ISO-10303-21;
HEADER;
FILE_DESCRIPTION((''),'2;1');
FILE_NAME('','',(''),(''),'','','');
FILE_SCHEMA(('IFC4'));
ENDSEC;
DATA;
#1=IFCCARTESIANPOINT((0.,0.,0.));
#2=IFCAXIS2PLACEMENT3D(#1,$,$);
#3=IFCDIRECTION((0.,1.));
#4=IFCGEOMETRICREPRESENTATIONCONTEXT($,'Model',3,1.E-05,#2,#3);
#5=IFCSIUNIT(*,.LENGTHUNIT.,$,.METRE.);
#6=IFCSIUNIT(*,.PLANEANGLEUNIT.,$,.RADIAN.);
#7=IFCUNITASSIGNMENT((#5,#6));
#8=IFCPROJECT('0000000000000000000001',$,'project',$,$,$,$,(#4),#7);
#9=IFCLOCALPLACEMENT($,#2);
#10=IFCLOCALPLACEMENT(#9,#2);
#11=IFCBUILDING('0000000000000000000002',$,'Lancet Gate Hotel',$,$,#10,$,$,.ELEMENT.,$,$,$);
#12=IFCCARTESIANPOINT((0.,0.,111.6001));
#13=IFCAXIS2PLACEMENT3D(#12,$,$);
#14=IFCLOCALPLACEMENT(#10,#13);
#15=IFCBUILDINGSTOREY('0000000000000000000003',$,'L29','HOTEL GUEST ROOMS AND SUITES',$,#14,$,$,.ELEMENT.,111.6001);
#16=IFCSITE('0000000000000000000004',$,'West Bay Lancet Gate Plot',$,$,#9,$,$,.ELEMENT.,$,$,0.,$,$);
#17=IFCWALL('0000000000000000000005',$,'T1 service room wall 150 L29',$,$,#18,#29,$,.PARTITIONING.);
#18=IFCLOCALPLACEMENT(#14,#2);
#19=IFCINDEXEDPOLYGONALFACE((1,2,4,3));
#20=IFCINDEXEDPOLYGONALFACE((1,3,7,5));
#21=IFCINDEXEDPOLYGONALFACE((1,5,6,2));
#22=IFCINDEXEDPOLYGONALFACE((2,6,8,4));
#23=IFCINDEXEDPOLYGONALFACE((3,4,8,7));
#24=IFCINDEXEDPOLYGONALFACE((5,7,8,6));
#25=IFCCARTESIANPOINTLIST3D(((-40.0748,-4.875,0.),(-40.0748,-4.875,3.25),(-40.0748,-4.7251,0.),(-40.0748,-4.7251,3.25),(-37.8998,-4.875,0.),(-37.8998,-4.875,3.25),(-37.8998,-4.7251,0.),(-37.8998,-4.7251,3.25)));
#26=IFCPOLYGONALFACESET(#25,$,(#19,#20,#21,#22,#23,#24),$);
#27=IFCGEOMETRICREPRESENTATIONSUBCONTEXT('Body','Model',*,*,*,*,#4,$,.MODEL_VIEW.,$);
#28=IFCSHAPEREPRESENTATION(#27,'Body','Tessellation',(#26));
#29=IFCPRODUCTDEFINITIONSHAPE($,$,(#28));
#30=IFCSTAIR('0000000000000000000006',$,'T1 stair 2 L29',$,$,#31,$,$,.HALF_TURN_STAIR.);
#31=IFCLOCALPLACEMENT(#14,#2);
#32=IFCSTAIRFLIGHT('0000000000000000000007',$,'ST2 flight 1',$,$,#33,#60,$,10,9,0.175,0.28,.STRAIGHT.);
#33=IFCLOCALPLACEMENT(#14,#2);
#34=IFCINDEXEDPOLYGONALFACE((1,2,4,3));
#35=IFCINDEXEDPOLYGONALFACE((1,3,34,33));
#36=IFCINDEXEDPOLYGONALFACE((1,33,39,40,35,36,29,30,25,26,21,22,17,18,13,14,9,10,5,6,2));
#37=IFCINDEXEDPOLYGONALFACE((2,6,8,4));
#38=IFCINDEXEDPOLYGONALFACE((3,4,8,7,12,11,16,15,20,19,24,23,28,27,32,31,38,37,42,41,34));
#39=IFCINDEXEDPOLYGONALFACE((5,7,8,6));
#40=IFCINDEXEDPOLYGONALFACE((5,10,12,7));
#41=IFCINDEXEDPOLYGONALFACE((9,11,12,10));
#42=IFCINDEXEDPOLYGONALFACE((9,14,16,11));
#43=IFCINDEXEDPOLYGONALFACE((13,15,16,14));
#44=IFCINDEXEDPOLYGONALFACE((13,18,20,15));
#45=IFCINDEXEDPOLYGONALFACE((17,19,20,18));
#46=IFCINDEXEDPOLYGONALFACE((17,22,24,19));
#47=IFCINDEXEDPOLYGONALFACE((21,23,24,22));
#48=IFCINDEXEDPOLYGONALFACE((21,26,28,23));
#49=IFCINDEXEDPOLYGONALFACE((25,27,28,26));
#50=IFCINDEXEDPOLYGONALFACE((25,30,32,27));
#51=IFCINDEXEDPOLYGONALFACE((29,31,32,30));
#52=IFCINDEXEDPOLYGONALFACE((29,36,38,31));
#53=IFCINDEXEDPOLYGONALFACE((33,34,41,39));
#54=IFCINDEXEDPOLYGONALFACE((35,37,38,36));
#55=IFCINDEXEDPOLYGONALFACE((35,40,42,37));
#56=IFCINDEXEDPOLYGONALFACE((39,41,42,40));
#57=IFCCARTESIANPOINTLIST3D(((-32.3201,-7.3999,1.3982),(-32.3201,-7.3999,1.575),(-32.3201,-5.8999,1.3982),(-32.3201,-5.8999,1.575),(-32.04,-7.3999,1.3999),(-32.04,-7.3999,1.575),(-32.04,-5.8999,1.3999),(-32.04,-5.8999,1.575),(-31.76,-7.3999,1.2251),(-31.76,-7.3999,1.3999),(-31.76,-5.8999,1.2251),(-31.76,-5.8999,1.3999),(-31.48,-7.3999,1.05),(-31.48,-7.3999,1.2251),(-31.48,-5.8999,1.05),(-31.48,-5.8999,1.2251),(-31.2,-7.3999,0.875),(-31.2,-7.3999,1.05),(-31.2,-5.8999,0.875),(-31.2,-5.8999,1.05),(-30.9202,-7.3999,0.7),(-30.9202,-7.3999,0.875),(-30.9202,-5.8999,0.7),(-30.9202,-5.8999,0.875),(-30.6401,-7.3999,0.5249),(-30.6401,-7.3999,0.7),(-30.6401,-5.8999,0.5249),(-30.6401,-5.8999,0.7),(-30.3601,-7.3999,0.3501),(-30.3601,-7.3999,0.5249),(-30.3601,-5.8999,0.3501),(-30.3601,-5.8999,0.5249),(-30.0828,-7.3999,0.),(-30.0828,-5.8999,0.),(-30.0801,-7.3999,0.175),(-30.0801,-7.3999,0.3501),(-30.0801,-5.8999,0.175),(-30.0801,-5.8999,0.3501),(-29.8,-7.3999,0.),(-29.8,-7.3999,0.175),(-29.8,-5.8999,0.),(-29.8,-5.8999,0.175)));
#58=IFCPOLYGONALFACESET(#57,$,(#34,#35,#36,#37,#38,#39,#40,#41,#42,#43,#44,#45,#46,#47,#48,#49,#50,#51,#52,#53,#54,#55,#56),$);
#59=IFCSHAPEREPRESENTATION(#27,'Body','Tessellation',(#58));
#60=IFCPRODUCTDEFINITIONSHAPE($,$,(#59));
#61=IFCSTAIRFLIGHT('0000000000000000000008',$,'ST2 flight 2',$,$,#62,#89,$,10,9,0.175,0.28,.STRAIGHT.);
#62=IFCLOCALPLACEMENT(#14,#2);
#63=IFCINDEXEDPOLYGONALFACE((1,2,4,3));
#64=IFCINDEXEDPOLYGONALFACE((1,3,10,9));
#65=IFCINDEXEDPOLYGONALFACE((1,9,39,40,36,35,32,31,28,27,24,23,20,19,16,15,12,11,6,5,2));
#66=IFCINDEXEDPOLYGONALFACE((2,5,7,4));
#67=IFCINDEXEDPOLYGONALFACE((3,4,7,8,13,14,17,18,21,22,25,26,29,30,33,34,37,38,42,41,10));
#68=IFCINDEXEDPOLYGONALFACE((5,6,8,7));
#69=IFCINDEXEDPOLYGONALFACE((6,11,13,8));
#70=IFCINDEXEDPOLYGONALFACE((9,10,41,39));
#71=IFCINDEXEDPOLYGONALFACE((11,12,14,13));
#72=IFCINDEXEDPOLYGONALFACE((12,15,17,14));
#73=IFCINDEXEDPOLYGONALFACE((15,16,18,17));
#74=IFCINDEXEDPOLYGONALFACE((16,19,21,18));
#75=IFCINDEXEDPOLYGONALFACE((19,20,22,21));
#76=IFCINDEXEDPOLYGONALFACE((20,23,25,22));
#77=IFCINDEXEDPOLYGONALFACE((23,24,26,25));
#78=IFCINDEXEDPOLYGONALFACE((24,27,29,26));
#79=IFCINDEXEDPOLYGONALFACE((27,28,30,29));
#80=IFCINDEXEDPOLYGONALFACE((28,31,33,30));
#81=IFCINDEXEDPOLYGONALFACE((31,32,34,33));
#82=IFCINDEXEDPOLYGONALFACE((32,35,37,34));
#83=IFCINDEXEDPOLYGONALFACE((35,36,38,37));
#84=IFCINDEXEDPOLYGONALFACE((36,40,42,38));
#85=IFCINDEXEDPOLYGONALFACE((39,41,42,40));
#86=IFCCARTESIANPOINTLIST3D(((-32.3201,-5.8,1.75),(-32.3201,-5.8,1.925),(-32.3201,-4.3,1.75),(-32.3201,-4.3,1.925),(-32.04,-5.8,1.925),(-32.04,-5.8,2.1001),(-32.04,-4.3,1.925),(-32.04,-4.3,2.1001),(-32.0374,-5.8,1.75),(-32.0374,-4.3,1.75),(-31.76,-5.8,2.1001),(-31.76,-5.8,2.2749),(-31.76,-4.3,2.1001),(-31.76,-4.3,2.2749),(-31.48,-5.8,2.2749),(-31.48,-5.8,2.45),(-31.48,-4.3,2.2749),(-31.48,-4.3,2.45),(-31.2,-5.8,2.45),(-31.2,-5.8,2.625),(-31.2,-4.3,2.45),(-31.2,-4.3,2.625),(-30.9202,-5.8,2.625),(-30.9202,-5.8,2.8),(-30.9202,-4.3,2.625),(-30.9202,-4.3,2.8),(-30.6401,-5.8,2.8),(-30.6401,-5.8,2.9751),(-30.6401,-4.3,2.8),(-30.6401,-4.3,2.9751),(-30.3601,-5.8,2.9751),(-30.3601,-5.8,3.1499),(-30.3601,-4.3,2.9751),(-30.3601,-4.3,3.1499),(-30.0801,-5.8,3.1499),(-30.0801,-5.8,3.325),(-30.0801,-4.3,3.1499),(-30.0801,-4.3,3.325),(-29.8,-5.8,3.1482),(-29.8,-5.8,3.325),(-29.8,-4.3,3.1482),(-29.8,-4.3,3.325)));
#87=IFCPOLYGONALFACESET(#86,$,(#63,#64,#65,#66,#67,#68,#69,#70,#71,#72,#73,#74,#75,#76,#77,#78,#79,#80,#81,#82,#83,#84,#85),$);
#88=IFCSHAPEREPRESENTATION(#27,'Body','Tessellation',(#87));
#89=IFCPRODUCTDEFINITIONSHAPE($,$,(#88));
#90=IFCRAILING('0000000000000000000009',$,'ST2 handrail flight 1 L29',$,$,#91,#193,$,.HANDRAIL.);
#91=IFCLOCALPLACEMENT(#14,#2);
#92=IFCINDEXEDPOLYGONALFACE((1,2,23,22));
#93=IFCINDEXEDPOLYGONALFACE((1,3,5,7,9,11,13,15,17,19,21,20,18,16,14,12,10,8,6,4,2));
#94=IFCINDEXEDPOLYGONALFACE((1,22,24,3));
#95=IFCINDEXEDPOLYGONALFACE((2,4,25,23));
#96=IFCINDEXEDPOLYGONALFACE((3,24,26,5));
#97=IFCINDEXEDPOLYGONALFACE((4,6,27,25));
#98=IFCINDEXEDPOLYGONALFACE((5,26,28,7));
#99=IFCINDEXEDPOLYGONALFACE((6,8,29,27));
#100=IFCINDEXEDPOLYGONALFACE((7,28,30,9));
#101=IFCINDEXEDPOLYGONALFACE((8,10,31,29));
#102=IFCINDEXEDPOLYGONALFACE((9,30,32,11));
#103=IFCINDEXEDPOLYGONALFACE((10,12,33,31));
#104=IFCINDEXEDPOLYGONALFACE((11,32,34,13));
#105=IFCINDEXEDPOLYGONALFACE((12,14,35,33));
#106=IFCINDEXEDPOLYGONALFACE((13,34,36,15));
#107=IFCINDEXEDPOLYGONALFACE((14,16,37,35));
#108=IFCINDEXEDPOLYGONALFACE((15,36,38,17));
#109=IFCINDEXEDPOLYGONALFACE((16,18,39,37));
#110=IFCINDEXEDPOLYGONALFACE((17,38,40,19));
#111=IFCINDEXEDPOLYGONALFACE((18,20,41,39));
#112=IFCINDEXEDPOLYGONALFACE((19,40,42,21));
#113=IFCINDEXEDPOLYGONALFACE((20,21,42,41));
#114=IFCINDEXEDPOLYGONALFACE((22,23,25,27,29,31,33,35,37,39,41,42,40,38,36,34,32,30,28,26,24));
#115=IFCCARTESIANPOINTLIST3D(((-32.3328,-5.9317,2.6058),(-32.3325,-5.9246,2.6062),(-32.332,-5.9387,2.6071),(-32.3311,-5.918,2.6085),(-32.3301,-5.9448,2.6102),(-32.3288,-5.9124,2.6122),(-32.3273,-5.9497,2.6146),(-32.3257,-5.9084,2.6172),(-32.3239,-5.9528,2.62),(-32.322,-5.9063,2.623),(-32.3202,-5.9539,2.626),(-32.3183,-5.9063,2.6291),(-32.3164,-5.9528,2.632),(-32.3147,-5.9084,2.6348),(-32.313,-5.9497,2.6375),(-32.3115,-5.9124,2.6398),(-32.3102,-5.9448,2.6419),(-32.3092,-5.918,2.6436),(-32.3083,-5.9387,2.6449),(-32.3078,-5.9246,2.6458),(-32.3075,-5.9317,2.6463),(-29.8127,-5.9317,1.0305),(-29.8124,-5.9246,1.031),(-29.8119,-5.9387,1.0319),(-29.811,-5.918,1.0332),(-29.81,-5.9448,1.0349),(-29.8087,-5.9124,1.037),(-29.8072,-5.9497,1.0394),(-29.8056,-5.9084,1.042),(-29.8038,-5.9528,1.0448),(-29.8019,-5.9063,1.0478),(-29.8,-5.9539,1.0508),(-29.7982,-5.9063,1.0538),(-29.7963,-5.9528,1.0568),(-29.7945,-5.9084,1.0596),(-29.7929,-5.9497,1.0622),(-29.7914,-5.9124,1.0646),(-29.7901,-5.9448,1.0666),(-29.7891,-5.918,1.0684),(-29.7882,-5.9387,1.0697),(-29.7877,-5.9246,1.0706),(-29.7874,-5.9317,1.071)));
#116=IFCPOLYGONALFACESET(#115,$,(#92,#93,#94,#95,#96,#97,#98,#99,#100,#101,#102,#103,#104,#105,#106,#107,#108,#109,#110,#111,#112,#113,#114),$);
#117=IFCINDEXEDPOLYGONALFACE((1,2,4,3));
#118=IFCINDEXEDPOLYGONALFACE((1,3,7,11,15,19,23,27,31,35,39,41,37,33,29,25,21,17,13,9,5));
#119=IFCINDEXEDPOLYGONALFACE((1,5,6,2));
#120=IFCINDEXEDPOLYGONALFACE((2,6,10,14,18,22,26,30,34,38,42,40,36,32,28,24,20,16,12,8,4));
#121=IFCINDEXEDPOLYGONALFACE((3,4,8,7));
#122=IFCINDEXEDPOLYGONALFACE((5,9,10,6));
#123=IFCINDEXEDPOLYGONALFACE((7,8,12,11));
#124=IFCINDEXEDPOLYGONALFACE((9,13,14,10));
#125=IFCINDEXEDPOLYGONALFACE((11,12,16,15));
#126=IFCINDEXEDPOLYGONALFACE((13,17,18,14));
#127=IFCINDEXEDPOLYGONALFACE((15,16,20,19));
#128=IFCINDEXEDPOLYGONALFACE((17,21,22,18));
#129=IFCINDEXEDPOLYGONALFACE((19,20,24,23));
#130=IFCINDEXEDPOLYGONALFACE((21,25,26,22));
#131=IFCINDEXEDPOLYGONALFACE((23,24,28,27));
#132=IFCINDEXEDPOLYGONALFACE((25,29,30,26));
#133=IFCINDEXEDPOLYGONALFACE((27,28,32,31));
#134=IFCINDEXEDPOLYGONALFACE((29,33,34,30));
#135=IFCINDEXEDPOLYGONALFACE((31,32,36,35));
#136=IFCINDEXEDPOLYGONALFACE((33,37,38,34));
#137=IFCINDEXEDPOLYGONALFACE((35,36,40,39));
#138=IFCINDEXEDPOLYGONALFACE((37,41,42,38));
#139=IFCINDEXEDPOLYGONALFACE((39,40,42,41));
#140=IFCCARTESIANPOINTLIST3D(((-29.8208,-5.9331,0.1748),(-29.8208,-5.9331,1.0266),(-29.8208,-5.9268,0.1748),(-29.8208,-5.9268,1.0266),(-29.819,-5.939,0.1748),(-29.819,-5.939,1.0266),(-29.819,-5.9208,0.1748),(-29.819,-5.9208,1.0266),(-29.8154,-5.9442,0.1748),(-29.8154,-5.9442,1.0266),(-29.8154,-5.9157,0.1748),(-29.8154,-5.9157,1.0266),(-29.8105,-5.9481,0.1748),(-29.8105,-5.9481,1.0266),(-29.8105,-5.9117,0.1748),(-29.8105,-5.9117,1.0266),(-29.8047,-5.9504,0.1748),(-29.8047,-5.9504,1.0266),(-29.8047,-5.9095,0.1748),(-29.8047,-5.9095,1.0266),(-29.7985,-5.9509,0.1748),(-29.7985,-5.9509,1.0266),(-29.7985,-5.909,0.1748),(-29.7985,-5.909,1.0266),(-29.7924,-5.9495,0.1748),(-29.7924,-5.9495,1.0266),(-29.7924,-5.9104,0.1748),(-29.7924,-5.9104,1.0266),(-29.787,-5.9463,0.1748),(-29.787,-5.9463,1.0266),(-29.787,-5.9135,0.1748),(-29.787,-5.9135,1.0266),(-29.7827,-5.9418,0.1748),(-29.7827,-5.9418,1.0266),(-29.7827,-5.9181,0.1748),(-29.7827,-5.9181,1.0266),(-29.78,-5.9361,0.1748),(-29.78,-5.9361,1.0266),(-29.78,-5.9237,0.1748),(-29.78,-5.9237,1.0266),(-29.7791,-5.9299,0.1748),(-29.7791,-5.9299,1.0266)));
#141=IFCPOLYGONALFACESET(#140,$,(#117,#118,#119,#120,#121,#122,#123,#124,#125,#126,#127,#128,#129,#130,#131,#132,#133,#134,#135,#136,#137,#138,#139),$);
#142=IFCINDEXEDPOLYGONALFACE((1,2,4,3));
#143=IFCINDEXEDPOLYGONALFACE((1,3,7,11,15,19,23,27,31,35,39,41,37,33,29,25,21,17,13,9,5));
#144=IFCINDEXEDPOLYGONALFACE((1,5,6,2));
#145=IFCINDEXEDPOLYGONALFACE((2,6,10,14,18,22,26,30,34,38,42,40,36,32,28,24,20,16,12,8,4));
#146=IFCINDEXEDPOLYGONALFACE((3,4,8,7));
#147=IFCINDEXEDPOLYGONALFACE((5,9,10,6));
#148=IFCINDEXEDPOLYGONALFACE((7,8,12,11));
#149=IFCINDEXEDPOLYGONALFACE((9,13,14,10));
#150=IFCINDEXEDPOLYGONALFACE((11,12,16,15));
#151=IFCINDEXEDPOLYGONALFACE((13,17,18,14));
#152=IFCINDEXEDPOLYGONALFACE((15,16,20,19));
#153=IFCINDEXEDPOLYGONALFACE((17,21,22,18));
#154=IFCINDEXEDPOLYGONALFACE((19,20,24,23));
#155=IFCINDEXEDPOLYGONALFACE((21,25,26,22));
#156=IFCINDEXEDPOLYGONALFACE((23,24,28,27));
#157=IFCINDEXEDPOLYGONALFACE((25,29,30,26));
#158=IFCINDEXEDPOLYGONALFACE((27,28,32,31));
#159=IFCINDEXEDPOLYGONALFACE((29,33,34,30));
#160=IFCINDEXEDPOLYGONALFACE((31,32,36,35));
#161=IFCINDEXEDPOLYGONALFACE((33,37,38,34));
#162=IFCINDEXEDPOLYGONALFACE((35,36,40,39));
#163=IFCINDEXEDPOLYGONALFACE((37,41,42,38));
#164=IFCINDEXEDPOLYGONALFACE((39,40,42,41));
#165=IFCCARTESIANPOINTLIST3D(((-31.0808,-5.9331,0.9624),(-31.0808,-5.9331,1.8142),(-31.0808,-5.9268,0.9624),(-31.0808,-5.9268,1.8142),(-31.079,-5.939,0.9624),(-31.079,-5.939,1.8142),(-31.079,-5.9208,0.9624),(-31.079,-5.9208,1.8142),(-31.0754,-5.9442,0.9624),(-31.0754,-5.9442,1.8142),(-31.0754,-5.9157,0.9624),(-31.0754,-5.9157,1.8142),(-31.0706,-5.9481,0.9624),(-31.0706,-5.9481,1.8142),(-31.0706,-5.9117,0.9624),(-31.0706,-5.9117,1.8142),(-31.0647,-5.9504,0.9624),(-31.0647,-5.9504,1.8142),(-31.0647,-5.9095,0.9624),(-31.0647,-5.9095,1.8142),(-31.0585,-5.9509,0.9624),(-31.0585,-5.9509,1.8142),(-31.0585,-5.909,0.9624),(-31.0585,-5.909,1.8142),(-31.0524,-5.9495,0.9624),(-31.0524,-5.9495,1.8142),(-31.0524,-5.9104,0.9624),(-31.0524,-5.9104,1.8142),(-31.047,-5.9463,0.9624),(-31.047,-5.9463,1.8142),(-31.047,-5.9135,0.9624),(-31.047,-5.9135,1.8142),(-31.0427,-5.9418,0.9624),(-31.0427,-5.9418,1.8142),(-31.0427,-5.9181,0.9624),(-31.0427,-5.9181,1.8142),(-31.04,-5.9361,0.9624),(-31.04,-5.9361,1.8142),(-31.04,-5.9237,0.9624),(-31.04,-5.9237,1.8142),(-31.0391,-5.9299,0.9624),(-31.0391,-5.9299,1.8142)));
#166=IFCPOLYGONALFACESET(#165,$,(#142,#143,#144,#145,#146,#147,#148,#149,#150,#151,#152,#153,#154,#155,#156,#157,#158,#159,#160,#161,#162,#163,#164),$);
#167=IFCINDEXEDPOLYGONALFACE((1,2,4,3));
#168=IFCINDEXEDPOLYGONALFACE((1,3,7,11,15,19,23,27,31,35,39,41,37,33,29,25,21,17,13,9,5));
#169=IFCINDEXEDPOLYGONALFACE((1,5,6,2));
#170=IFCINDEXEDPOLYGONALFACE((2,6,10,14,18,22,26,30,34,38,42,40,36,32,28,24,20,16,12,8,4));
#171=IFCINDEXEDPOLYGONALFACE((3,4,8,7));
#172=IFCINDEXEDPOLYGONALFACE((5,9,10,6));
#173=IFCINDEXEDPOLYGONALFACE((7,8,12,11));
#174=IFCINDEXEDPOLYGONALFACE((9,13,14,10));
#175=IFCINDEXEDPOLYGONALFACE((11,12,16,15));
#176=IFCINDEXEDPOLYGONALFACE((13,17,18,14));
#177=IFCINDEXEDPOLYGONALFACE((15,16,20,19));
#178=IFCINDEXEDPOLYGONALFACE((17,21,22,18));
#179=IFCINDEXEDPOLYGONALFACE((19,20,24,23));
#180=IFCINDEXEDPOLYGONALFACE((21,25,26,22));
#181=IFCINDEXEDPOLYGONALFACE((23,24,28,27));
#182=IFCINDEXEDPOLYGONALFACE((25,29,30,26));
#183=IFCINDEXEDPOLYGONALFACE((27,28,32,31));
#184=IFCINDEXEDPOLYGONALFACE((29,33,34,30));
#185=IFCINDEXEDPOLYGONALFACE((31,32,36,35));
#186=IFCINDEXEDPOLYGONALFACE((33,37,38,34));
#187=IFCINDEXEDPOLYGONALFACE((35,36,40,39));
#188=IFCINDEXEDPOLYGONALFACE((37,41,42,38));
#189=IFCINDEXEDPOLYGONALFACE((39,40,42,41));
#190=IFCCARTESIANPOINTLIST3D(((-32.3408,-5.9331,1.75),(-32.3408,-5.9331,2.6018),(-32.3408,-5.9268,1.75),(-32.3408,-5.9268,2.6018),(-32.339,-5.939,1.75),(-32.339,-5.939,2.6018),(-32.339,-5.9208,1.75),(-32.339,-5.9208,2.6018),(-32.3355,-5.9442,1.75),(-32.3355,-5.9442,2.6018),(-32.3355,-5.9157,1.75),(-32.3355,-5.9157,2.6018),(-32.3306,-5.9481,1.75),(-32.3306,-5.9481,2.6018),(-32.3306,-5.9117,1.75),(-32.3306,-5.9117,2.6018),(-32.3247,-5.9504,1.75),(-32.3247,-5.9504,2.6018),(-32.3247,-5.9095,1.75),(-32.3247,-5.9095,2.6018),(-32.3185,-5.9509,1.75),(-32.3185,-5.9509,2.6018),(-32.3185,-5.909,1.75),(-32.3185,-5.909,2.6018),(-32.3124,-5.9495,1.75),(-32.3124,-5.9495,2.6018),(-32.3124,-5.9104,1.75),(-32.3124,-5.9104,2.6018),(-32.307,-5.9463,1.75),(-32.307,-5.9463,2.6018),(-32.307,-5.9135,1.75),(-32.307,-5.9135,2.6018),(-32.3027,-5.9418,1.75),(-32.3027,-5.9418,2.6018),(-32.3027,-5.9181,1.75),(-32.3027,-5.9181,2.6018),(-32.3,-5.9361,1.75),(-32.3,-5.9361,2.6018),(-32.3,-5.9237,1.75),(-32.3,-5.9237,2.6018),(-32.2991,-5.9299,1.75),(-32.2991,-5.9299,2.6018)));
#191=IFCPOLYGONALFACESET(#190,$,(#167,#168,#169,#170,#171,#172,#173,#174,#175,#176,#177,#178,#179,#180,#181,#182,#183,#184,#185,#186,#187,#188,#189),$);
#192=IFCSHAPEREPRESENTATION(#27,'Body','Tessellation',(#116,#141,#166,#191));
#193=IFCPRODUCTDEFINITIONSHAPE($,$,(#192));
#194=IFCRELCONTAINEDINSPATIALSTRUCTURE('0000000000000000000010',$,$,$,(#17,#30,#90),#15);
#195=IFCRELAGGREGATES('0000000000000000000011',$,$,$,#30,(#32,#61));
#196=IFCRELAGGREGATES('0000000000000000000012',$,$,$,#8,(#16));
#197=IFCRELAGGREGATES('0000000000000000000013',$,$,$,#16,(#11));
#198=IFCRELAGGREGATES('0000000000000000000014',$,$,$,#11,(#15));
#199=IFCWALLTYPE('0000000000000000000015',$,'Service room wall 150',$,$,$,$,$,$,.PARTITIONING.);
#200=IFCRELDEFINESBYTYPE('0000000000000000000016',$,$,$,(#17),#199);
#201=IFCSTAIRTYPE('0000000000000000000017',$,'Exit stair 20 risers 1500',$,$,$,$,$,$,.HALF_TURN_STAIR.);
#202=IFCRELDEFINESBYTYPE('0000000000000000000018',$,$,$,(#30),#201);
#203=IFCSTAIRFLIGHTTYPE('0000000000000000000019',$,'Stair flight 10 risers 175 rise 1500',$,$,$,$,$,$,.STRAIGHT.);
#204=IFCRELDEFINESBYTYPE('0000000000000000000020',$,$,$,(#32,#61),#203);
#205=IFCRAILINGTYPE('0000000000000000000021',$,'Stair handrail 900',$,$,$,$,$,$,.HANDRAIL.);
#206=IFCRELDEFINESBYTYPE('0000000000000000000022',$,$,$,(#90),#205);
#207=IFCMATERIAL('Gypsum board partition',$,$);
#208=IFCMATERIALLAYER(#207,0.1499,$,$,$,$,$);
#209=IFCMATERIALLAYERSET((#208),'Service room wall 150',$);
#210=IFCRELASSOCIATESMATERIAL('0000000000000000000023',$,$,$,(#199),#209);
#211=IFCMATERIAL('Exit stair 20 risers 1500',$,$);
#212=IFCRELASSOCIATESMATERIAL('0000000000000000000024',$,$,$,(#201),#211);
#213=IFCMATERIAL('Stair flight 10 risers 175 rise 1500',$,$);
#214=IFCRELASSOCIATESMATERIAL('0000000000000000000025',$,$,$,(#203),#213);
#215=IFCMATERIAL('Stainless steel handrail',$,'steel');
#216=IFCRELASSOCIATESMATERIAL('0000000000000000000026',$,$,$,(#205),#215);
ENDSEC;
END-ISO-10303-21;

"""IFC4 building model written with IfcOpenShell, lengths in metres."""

from ifc_helpers import new_model, si_unit, direction, frame, frame_2d, origin, origin_2d, place, context, subcontext, project, spatial, polyline, rectangle, circle, outline, extrude, material, layer, layer_set, type_object, element, aggregate, save


model = new_model("IFC4")

# Units and contexts
model_context = context("Model", 3, precision=1e-05, world=origin(), true_north=direction((0.0, 1.0)))
body_context = subcontext(model_context, "Body", "Model", "MODEL_VIEW")
ifc_project = project(units=[si_unit("LENGTHUNIT", "METRE"), si_unit("PLANEANGLEUNIT", "RADIAN")], contexts=[model_context])

# Site, building, storey
site_placement = place(None, origin())
site = spatial("IfcSite", under=ifc_project, at=site_placement, Name="West Bay Lancet Gate Plot", CompositionType="ELEMENT", RefElevation=0.0)
building_placement = place(site_placement, origin())
building = spatial("IfcBuilding", under=site, at=building_placement, Name="Lancet Gate Hotel", CompositionType="ELEMENT")
storey_placement = place(building_placement, frame((0.0, 0.0, 111.6001)))
storey = spatial("IfcBuildingStorey", under=building, at=storey_placement, Name="L29", Description="HOTEL GUEST ROOMS AND SUITES", CompositionType="ELEMENT", Elevation=111.6001)

# Wall
ifc_material_1 = material(Name="Gypsum board partition")
ifc_layer_1 = layer(ifc_material_1, 0.1499)
ifc_layer_set_1 = layer_set([ifc_layer_1], Name="Service room wall 150")
wall_type_1 = type_object("IfcWallType", Name="Service room wall 150", PredefinedType="PARTITIONING", material=ifc_layer_set_1)
for number, where, z_axis, x_axis, name in (
    (1, (-37.8999, -4.8, 0.0), (0.0, 0.0, 1.0), (-1.0, 0.0, 0.0), "T1 service room wall 150 L29"),
):
    element("IfcWall", number, at=place(storey_placement, frame(where, z_axis=z_axis, x_axis=x_axis)), inside=storey, type_object=wall_type_1, Name=name, PredefinedType="PARTITIONING", context=body_context, shape_type="SweptSolid", body=[
        extrude(rectangle(XDim=2.175, YDim=0.1499, at=frame_2d((1.0874, 0.0))), origin(), (0.0, 0.0, 1.0), 3.25),
    ])

# Stair, stair flights
ifc_material_2 = material(Name="Exit stair 20 risers 1500")
stair_type = type_object("IfcStairType", Name="Exit stair 20 risers 1500", PredefinedType="HALF_TURN_STAIR", material=ifc_material_2)
stair_placement = place(storey_placement, origin())
stair = element("IfcStair", 2, at=stair_placement, inside=storey, type_object=stair_type, Name="T1 stair 2 L29", PredefinedType="HALF_TURN_STAIR")
ifc_material_3 = material(Name="Stair flight 10 risers 175 rise 1500")
stair_flight_type = type_object("IfcStairFlightType", Name="Stair flight 10 risers 175 rise 1500", PredefinedType="STRAIGHT", material=ifc_material_3)
stair_flight_1_placement = place(storey_placement, frame((-29.8, -6.6499, 0.0), z_axis=(0.0, 0.0, 1.0), x_axis=(-1.0, 0.0, 0.0)))
stair_flight_1 = element("IfcStairFlight", 3, at=stair_flight_1_placement, type_object=stair_flight_type, Name="ST2 flight 1", NumberOfRisers=10, NumberOfTreads=9, PredefinedType="STRAIGHT", RiserHeight=0.175, TreadLength=0.28, context=body_context, shape_type="SweptSolid", body=[
    extrude(outline(polyline([(0.0, 0.0), (0.0, 0.175), (0.28, 0.175), (0.28, 0.3501), (0.5601, 0.3501), (0.5601, 0.5249), (0.8401, 0.5249), (0.8401, 0.7), (1.1201, 0.7), (1.1201, 0.875), (1.3999, 0.875), (1.3999, 1.05), (1.6799, 1.05), (1.6799, 1.2251), (1.96, 1.2251), (1.96, 1.3999), (2.24, 1.3999), (2.24, 1.575), (2.52, 1.575), (2.52, 1.75), (2.52, 1.3982), (0.2827, 0.0), (0.0, 0.0)])), frame((0.0, 0.75, 0.0), z_axis=(0.0, -1.0, 0.0), x_axis=(1.0, 0.0, 0.0)), (0.0, 0.0, 1.0), 1.5),
])
stair_flight_2_placement = place(storey_placement, frame((-32.3201, -5.05, 1.75), z_axis=(0.0, 0.0, 1.0), x_axis=(1.0, 0.0, 0.0)))
stair_flight_2 = element("IfcStairFlight", 4, at=stair_flight_2_placement, type_object=stair_flight_type, Name="ST2 flight 2", NumberOfRisers=10, NumberOfTreads=9, PredefinedType="STRAIGHT", RiserHeight=0.175, TreadLength=0.28, context=body_context, shape_type="SweptSolid", body=[
    extrude(outline(polyline([(0.0, 0.0), (0.0, 0.175), (0.28, 0.175), (0.28, 0.3501), (0.5601, 0.3501), (0.5601, 0.5249), (0.8401, 0.5249), (0.8401, 0.7), (1.1201, 0.7), (1.1201, 0.875), (1.3999, 0.875), (1.3999, 1.05), (1.6799, 1.05), (1.6799, 1.2251), (1.96, 1.2251), (1.96, 1.3999), (2.24, 1.3999), (2.24, 1.575), (2.52, 1.575), (2.52, 1.75), (2.52, 1.3982), (0.2827, 0.0), (0.0, 0.0)])), frame((0.0, 0.75, 0.0), z_axis=(0.0, -1.0, 0.0), x_axis=(1.0, 0.0, 0.0)), (0.0, 0.0, 1.0), 1.5),
])
aggregate(stair, [stair_flight_1, stair_flight_2])

# Railing
ifc_material_4 = material(Name="Stainless steel handrail", Category="steel")
railing_type = type_object("IfcRailingType", Name="Stair handrail 900", PredefinedType="HANDRAIL", material=ifc_material_4)
railing_1_placement = place(storey_placement, frame((-29.8, -5.9299, 0.1748)))
element("IfcRailing", 5, at=railing_1_placement, inside=storey, type_object=railing_type, Name="ST2 handrail flight 1 L29", PredefinedType="HANDRAIL", context=body_context, shape_type="SweptSolid", body=[
    extrude(circle(Radius=0.0239, at=origin_2d()), frame((0.0, 0.0, 0.876), z_axis=(-0.847971, 0.0, 0.530043), x_axis=(0.0, -1.0, 0.0)), (0.0, 0.0, 1.0), 2.9719),
    extrude(circle(Radius=0.021, at=origin_2d()), origin(), (0.0, 0.0, 1.0), 0.8518),
    extrude(circle(Radius=0.021, at=origin_2d()), frame((-1.26, 0.0, 0.7876)), (0.0, 0.0, 1.0), 0.8518),
    extrude(circle(Radius=0.021, at=origin_2d()), frame((-2.52, 0.0, 1.5752)), (0.0, 0.0, 1.0), 0.8518),
])

save(model, "model.ifc")
